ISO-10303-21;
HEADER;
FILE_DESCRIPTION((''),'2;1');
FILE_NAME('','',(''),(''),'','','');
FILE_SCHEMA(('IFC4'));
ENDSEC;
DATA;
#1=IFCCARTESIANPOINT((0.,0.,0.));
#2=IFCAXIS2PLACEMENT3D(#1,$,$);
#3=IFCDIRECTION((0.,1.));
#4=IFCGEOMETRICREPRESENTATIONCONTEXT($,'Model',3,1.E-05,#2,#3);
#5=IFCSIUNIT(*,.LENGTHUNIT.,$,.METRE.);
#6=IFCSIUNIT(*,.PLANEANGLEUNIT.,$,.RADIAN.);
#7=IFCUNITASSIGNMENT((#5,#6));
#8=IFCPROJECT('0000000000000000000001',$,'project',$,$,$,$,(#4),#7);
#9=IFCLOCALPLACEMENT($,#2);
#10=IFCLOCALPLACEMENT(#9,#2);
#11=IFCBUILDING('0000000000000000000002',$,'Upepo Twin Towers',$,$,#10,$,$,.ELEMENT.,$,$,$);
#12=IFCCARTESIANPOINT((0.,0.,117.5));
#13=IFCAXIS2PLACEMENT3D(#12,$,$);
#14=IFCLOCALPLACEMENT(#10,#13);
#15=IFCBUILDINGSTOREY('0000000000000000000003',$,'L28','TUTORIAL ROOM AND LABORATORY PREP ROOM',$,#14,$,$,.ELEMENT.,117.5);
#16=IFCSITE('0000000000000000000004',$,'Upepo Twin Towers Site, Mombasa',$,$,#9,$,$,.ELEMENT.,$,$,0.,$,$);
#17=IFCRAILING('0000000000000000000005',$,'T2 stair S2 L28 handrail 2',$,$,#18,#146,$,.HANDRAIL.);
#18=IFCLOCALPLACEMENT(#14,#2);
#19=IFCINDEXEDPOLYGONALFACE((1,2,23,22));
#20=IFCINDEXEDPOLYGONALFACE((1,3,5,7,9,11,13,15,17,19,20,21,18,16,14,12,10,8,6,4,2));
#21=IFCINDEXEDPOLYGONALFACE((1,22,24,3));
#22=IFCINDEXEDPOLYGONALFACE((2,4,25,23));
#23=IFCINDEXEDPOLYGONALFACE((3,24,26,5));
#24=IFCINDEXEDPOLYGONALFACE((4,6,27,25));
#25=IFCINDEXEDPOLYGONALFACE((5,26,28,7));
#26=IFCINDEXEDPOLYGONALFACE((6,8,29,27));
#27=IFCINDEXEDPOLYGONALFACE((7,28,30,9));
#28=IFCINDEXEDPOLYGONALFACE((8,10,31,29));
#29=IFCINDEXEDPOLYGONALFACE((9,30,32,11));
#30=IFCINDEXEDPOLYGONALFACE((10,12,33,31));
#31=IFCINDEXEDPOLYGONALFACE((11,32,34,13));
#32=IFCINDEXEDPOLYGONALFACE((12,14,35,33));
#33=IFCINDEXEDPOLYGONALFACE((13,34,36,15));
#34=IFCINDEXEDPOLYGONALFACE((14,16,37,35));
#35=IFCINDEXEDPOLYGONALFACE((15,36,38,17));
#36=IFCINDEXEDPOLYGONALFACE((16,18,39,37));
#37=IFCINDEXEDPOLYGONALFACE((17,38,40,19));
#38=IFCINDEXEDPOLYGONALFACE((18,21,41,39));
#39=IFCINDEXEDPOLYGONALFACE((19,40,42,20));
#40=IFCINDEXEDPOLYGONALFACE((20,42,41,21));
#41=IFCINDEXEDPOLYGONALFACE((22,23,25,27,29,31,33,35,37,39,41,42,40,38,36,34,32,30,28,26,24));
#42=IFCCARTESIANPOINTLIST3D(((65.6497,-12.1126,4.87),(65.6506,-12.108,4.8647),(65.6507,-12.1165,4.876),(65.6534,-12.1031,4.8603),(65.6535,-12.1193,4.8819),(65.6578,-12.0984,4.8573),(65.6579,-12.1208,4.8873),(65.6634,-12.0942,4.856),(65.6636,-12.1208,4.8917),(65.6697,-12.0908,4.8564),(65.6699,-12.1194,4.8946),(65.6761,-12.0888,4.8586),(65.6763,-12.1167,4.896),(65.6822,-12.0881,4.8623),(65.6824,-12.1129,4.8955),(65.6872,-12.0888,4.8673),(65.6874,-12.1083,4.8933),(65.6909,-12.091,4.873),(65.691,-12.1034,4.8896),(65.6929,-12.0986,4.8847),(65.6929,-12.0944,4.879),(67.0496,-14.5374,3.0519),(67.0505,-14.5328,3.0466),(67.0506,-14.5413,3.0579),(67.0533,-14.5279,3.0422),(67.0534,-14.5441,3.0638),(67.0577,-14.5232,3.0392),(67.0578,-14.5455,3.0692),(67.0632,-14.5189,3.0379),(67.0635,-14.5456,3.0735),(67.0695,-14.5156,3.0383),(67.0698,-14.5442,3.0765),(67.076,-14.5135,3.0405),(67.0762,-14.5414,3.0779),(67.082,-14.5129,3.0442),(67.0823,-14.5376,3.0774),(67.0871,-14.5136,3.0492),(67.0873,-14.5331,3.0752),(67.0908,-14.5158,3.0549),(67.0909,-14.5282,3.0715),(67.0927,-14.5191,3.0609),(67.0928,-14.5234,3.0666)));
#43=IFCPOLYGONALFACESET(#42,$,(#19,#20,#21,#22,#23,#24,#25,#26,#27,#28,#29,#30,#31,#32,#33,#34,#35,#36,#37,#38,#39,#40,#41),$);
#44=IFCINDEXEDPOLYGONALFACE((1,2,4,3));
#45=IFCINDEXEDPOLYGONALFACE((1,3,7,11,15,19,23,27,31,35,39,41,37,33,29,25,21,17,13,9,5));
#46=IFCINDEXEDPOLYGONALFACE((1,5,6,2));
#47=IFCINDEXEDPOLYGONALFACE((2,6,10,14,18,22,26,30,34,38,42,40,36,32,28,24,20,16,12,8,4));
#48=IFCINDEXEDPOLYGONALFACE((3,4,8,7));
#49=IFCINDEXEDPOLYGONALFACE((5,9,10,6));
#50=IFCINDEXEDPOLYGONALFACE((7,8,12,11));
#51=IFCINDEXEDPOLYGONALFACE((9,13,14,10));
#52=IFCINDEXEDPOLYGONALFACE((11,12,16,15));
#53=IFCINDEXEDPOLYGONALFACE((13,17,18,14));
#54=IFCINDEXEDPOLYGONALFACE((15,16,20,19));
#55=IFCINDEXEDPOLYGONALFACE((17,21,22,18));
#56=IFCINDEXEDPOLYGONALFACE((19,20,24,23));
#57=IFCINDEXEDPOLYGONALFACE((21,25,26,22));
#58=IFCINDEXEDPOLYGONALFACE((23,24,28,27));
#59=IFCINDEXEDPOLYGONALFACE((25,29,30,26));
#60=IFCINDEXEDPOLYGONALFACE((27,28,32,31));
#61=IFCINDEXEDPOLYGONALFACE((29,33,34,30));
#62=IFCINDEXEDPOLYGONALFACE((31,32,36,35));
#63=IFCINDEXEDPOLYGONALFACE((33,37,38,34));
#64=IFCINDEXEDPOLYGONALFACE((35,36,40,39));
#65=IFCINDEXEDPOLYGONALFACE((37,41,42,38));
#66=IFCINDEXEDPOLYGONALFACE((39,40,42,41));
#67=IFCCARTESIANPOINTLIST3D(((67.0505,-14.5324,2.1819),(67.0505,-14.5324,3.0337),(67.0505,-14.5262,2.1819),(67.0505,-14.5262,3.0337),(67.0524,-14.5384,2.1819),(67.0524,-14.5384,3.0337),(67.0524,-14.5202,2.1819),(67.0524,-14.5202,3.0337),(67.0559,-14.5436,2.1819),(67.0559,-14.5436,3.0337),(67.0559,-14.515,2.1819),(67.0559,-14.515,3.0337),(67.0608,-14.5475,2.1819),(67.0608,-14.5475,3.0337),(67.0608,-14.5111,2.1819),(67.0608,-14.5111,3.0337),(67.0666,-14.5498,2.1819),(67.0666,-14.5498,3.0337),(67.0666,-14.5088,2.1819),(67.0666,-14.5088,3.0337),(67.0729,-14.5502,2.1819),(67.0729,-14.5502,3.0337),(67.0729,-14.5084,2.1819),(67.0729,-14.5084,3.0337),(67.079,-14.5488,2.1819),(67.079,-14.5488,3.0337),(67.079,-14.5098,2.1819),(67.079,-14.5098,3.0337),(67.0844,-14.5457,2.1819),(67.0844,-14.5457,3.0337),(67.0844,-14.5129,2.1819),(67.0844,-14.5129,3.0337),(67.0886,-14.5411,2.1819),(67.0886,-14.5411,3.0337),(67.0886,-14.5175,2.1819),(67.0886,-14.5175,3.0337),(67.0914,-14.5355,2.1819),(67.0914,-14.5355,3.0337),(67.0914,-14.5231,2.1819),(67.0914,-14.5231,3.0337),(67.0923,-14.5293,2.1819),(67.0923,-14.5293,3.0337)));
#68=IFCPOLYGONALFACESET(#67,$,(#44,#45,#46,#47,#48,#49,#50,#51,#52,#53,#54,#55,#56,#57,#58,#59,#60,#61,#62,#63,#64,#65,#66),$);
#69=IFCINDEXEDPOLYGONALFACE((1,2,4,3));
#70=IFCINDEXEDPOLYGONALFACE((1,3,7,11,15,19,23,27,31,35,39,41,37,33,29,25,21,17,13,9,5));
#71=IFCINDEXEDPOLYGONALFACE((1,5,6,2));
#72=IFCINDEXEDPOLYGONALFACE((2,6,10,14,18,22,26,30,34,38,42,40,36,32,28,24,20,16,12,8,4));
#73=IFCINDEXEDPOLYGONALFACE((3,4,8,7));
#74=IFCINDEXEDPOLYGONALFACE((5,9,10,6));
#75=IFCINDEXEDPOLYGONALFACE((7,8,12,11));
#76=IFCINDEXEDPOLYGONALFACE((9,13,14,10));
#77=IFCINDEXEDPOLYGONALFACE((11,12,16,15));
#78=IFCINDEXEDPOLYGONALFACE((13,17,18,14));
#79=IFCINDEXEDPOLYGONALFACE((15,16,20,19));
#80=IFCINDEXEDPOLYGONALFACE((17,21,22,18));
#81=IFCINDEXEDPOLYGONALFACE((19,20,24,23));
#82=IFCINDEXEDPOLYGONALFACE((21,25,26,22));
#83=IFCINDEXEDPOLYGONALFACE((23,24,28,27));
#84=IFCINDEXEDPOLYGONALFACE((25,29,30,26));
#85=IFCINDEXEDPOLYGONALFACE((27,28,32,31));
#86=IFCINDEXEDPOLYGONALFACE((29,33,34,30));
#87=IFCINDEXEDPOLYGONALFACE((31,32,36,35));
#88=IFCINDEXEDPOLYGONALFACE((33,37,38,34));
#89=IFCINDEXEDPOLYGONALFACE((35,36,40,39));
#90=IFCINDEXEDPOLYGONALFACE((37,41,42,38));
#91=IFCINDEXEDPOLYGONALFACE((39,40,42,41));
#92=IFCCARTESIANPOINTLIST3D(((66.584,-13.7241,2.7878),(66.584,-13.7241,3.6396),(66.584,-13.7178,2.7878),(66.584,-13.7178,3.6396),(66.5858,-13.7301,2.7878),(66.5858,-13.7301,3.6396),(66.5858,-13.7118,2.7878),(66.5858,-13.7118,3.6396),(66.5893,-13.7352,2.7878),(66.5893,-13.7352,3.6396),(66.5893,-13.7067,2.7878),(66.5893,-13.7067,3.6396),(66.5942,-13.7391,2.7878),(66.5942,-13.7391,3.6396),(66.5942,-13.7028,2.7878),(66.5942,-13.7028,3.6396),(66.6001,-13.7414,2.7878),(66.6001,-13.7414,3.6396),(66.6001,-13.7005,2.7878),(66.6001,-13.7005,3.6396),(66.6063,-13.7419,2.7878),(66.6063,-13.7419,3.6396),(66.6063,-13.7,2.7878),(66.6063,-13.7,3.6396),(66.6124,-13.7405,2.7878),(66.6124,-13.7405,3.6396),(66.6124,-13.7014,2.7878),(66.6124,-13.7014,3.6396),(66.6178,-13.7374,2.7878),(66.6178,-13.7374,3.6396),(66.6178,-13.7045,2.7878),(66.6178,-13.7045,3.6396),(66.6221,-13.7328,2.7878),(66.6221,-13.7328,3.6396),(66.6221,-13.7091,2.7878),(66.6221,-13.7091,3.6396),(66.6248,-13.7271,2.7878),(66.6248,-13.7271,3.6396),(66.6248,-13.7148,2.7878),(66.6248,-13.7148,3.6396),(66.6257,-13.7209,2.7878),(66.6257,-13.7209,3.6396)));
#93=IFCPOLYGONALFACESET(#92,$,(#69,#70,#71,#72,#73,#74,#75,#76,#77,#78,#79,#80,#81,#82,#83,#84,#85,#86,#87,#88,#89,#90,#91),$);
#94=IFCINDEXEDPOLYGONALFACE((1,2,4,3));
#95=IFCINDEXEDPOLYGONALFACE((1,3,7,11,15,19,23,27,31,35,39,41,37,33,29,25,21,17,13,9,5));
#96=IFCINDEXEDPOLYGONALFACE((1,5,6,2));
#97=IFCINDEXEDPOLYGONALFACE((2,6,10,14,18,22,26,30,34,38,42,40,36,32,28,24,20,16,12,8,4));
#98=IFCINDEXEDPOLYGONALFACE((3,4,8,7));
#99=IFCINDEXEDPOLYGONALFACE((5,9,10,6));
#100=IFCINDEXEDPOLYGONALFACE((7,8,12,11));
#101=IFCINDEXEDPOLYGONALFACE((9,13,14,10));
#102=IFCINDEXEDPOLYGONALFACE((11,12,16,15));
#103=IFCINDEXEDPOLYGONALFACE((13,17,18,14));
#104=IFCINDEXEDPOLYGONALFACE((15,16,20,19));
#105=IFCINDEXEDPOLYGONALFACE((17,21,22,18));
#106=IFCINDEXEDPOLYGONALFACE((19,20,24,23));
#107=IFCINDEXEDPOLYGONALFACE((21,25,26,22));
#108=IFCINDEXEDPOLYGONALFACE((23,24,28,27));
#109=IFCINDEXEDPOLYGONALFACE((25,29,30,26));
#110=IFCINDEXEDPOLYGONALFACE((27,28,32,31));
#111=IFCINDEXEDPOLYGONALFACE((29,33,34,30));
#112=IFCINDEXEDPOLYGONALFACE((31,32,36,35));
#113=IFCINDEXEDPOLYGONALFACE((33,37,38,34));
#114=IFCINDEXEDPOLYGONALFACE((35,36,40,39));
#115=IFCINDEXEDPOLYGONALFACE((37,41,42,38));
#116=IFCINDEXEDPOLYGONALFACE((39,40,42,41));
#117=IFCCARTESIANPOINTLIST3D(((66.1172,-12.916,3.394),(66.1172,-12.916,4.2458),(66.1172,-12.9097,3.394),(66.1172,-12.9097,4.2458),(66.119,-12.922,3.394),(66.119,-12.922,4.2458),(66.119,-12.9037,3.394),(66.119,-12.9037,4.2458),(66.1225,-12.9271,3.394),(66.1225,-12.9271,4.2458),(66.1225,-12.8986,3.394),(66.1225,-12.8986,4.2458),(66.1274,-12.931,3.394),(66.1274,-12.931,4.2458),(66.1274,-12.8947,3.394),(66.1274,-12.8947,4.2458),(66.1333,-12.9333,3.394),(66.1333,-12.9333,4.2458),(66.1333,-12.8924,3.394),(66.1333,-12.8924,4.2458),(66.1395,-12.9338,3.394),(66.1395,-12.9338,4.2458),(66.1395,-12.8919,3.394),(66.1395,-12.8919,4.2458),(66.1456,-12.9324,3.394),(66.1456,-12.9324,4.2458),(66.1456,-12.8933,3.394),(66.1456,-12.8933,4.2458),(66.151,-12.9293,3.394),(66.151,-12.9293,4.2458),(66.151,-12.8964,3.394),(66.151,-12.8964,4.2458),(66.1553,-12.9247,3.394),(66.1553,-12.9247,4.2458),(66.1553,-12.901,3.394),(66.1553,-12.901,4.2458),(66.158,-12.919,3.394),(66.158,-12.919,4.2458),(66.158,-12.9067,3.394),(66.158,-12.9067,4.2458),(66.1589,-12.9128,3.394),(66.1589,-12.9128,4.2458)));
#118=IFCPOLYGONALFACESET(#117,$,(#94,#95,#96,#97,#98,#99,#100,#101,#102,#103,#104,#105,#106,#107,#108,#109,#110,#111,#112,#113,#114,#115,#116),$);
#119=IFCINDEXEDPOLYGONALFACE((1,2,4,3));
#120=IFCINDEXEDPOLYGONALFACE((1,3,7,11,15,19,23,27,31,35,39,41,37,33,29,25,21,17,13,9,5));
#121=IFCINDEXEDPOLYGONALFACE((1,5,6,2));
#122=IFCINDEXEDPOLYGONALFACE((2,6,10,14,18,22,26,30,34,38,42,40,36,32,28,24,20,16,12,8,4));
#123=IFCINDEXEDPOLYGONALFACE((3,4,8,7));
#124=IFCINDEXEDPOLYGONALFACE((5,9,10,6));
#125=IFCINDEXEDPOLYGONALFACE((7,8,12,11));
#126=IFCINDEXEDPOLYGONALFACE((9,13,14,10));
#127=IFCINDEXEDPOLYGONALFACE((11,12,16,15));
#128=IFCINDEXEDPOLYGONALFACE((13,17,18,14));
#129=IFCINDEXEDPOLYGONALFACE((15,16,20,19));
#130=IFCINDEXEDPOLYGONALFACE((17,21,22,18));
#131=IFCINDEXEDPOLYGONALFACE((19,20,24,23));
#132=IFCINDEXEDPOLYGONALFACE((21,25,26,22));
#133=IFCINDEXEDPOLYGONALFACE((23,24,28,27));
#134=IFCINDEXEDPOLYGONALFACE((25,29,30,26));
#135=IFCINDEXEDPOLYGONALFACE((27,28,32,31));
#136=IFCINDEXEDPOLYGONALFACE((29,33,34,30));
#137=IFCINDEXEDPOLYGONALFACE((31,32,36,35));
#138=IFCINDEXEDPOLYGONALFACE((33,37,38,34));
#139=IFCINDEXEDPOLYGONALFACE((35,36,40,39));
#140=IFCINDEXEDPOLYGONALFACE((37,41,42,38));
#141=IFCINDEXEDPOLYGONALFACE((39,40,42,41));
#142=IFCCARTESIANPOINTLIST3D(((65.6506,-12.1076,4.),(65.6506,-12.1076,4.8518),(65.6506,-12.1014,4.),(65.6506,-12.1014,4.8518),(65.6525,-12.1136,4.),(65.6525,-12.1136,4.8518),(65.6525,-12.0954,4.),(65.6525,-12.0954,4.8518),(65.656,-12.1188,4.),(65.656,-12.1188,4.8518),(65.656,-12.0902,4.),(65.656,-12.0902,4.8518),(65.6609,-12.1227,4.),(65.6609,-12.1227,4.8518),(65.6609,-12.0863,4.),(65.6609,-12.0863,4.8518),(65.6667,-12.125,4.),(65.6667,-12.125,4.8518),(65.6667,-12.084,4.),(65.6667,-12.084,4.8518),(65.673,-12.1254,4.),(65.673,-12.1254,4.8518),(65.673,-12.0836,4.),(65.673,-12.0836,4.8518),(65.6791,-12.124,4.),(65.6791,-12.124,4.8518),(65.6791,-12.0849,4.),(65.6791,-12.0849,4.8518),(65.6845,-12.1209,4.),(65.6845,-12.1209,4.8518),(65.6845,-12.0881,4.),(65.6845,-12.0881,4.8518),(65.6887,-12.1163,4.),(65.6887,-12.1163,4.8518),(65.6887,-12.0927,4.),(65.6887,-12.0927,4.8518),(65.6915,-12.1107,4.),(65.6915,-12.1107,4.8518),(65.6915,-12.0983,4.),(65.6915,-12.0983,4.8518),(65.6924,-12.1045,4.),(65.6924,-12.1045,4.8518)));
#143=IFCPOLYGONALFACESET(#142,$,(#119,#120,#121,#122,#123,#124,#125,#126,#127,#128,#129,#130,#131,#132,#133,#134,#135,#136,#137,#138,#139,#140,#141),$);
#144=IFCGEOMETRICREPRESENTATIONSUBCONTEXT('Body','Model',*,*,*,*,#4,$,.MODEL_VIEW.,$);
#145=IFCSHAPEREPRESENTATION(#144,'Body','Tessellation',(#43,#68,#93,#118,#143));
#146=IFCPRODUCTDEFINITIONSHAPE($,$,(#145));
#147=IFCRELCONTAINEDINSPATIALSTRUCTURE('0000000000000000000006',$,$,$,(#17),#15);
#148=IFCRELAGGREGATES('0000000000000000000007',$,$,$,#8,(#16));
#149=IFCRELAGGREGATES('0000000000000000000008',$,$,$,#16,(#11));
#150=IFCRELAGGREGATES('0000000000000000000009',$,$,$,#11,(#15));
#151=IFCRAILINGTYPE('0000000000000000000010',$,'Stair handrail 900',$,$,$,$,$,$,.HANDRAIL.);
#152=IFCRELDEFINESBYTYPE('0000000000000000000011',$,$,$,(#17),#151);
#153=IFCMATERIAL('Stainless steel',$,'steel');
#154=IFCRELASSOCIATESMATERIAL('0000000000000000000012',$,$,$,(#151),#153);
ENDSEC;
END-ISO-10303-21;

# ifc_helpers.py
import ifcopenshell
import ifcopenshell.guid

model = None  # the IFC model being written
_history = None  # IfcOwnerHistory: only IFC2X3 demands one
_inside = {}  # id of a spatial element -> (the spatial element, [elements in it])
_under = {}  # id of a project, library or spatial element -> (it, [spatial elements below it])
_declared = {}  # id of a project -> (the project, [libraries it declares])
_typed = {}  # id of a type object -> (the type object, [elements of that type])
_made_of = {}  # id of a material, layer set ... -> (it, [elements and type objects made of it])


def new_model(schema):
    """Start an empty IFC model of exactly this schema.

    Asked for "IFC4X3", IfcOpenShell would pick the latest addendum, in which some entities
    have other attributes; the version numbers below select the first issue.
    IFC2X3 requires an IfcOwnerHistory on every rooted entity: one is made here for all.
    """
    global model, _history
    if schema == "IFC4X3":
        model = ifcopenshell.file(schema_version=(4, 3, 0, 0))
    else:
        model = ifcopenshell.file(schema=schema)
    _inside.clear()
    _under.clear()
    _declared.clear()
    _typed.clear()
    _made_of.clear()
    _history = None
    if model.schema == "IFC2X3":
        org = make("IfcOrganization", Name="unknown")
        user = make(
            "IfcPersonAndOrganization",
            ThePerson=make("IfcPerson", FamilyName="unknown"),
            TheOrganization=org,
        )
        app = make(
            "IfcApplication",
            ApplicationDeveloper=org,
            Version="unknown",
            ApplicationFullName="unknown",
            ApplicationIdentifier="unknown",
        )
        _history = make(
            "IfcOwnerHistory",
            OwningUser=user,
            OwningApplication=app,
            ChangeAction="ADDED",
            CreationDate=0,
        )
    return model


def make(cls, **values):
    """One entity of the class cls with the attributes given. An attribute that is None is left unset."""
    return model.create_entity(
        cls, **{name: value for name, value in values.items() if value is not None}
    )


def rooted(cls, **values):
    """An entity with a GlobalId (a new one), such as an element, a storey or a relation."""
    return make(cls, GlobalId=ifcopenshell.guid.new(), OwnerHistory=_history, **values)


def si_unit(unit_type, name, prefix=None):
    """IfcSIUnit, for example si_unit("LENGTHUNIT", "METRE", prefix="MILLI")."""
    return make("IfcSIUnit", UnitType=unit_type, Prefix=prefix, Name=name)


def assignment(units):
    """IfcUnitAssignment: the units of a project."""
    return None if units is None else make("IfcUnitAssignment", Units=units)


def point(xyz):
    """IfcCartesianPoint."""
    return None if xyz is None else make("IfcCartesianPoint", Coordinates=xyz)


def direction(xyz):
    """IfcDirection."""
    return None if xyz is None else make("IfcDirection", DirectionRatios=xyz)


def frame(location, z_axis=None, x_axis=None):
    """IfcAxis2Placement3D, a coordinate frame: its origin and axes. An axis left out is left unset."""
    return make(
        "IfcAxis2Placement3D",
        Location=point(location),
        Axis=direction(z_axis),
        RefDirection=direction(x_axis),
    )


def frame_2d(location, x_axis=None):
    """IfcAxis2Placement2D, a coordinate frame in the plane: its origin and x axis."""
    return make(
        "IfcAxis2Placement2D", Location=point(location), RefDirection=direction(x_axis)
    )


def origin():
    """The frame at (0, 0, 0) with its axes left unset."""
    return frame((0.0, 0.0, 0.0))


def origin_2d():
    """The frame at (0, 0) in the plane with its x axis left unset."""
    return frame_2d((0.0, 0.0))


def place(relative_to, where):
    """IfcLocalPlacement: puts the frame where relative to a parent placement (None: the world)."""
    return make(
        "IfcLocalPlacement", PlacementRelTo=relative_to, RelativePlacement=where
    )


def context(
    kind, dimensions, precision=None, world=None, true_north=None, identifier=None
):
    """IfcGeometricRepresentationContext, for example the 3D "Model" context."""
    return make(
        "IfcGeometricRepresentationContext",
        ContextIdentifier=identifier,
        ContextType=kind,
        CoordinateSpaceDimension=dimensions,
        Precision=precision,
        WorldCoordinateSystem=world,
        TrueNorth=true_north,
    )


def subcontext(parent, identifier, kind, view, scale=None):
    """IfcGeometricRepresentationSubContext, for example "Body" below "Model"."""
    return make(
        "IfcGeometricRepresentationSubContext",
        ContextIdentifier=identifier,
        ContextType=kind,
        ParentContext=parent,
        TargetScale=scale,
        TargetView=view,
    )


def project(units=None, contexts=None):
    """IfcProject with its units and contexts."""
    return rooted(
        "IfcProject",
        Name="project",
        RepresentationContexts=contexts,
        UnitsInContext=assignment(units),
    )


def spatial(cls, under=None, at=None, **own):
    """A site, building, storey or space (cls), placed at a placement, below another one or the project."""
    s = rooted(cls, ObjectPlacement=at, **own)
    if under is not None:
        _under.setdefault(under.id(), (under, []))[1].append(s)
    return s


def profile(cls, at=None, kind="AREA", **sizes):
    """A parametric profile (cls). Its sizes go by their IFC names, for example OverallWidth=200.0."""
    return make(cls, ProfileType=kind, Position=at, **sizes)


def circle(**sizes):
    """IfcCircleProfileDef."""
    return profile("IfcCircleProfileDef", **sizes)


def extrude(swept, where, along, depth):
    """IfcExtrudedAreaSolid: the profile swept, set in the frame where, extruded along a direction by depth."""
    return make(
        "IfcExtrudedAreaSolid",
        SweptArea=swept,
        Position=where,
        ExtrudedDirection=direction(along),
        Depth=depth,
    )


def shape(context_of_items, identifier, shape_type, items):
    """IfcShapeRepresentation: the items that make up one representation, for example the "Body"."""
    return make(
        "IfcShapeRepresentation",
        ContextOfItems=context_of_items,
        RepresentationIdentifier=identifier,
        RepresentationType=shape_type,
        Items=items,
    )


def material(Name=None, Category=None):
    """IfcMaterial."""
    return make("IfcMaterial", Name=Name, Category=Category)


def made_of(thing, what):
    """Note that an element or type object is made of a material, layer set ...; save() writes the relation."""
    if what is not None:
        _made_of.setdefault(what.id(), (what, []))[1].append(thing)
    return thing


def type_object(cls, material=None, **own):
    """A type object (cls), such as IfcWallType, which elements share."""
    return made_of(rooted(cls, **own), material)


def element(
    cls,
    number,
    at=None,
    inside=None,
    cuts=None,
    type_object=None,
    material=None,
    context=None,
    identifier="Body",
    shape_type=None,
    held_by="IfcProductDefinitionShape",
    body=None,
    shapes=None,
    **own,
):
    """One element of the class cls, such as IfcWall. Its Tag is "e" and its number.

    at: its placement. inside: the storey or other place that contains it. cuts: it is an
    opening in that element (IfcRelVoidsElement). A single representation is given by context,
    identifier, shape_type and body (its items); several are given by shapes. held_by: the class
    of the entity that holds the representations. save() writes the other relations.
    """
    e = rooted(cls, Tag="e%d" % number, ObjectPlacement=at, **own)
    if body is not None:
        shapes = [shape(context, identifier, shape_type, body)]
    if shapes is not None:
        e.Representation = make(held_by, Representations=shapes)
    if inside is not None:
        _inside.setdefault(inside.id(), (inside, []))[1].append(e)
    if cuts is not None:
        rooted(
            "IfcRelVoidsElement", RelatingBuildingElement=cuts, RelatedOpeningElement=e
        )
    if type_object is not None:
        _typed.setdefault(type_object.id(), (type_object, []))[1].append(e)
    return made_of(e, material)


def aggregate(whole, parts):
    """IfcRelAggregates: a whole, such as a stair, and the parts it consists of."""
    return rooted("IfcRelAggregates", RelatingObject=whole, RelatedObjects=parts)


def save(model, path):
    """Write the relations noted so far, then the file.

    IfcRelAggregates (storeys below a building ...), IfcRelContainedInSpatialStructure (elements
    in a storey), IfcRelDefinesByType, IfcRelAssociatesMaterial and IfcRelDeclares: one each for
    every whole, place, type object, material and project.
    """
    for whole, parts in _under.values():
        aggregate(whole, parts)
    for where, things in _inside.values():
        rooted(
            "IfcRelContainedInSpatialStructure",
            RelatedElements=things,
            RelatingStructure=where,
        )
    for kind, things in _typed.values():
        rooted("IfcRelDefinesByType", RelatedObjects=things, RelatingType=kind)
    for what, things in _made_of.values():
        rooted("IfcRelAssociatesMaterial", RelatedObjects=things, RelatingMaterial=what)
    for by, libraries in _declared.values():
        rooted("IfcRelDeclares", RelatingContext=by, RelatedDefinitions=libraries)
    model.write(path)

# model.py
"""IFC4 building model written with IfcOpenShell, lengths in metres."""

from ifc_helpers import new_model, si_unit, direction, frame, origin, origin_2d, place, context, subcontext, project, spatial, circle, extrude, material, type_object, element, save


model = new_model("IFC4")

# Units and contexts
model_context = context("Model", 3, precision=1e-05, world=origin(), true_north=direction((0.0, 1.0)))
body_context = subcontext(model_context, "Body", "Model", "MODEL_VIEW")
ifc_project = project(units=[si_unit("LENGTHUNIT", "METRE"), si_unit("PLANEANGLEUNIT", "RADIAN")], contexts=[model_context])

# Site, building, storey
site_placement = place(None, origin())
site = spatial("IfcSite", under=ifc_project, at=site_placement, Name="Upepo Twin Towers Site, Mombasa", CompositionType="ELEMENT", RefElevation=0.0)
building_placement = place(site_placement, origin())
building = spatial("IfcBuilding", under=site, at=building_placement, Name="Upepo Twin Towers", CompositionType="ELEMENT")
storey_placement = place(building_placement, frame((0.0, 0.0, 117.5)))
storey = spatial("IfcBuildingStorey", under=building, at=storey_placement, Name="L28", Description="TUTORIAL ROOM AND LABORATORY PREP ROOM", CompositionType="ELEMENT", Elevation=117.5)

# Railing
ifc_material_1 = material(Name="Stainless steel", Category="steel")
railing_type = type_object("IfcRailingType", Name="Stair handrail 900", PredefinedType="HANDRAIL", material=ifc_material_1)
railing_1_placement = place(storey_placement, frame((67.0713, -14.5293, 2.1819)))
element("IfcRailing", 1, at=railing_1_placement, inside=storey, type_object=railing_type, Name="T2 stair S2 L28 handrail 2", PredefinedType="HANDRAIL", context=body_context, shape_type="SweptSolid", body=[
    extrude(circle(Radius=0.0239, at=origin_2d()), frame((0.0, 0.0, 0.876), z_axis=(-0.419333, 0.726336, 0.544606), x_axis=(-0.866035, -0.499984, 0.0)), (0.0, 0.0, 1.0), 3.3384),
    extrude(circle(Radius=0.021, at=origin_2d()), origin(), (0.0, 0.0, 1.0), 0.8518),
    extrude(circle(Radius=0.021, at=origin_2d()), frame((-0.4666, 0.8083, 0.606)), (0.0, 0.0, 1.0), 0.8518),
    extrude(circle(Radius=0.021, at=origin_2d()), frame((-0.9333, 1.6165, 1.2122)), (0.0, 0.0, 1.0), 0.8518),
    extrude(circle(Radius=0.021, at=origin_2d()), frame((-1.3999, 2.4248, 1.8181)), (0.0, 0.0, 1.0), 0.8518),
])

save(model, "model.ifc")
